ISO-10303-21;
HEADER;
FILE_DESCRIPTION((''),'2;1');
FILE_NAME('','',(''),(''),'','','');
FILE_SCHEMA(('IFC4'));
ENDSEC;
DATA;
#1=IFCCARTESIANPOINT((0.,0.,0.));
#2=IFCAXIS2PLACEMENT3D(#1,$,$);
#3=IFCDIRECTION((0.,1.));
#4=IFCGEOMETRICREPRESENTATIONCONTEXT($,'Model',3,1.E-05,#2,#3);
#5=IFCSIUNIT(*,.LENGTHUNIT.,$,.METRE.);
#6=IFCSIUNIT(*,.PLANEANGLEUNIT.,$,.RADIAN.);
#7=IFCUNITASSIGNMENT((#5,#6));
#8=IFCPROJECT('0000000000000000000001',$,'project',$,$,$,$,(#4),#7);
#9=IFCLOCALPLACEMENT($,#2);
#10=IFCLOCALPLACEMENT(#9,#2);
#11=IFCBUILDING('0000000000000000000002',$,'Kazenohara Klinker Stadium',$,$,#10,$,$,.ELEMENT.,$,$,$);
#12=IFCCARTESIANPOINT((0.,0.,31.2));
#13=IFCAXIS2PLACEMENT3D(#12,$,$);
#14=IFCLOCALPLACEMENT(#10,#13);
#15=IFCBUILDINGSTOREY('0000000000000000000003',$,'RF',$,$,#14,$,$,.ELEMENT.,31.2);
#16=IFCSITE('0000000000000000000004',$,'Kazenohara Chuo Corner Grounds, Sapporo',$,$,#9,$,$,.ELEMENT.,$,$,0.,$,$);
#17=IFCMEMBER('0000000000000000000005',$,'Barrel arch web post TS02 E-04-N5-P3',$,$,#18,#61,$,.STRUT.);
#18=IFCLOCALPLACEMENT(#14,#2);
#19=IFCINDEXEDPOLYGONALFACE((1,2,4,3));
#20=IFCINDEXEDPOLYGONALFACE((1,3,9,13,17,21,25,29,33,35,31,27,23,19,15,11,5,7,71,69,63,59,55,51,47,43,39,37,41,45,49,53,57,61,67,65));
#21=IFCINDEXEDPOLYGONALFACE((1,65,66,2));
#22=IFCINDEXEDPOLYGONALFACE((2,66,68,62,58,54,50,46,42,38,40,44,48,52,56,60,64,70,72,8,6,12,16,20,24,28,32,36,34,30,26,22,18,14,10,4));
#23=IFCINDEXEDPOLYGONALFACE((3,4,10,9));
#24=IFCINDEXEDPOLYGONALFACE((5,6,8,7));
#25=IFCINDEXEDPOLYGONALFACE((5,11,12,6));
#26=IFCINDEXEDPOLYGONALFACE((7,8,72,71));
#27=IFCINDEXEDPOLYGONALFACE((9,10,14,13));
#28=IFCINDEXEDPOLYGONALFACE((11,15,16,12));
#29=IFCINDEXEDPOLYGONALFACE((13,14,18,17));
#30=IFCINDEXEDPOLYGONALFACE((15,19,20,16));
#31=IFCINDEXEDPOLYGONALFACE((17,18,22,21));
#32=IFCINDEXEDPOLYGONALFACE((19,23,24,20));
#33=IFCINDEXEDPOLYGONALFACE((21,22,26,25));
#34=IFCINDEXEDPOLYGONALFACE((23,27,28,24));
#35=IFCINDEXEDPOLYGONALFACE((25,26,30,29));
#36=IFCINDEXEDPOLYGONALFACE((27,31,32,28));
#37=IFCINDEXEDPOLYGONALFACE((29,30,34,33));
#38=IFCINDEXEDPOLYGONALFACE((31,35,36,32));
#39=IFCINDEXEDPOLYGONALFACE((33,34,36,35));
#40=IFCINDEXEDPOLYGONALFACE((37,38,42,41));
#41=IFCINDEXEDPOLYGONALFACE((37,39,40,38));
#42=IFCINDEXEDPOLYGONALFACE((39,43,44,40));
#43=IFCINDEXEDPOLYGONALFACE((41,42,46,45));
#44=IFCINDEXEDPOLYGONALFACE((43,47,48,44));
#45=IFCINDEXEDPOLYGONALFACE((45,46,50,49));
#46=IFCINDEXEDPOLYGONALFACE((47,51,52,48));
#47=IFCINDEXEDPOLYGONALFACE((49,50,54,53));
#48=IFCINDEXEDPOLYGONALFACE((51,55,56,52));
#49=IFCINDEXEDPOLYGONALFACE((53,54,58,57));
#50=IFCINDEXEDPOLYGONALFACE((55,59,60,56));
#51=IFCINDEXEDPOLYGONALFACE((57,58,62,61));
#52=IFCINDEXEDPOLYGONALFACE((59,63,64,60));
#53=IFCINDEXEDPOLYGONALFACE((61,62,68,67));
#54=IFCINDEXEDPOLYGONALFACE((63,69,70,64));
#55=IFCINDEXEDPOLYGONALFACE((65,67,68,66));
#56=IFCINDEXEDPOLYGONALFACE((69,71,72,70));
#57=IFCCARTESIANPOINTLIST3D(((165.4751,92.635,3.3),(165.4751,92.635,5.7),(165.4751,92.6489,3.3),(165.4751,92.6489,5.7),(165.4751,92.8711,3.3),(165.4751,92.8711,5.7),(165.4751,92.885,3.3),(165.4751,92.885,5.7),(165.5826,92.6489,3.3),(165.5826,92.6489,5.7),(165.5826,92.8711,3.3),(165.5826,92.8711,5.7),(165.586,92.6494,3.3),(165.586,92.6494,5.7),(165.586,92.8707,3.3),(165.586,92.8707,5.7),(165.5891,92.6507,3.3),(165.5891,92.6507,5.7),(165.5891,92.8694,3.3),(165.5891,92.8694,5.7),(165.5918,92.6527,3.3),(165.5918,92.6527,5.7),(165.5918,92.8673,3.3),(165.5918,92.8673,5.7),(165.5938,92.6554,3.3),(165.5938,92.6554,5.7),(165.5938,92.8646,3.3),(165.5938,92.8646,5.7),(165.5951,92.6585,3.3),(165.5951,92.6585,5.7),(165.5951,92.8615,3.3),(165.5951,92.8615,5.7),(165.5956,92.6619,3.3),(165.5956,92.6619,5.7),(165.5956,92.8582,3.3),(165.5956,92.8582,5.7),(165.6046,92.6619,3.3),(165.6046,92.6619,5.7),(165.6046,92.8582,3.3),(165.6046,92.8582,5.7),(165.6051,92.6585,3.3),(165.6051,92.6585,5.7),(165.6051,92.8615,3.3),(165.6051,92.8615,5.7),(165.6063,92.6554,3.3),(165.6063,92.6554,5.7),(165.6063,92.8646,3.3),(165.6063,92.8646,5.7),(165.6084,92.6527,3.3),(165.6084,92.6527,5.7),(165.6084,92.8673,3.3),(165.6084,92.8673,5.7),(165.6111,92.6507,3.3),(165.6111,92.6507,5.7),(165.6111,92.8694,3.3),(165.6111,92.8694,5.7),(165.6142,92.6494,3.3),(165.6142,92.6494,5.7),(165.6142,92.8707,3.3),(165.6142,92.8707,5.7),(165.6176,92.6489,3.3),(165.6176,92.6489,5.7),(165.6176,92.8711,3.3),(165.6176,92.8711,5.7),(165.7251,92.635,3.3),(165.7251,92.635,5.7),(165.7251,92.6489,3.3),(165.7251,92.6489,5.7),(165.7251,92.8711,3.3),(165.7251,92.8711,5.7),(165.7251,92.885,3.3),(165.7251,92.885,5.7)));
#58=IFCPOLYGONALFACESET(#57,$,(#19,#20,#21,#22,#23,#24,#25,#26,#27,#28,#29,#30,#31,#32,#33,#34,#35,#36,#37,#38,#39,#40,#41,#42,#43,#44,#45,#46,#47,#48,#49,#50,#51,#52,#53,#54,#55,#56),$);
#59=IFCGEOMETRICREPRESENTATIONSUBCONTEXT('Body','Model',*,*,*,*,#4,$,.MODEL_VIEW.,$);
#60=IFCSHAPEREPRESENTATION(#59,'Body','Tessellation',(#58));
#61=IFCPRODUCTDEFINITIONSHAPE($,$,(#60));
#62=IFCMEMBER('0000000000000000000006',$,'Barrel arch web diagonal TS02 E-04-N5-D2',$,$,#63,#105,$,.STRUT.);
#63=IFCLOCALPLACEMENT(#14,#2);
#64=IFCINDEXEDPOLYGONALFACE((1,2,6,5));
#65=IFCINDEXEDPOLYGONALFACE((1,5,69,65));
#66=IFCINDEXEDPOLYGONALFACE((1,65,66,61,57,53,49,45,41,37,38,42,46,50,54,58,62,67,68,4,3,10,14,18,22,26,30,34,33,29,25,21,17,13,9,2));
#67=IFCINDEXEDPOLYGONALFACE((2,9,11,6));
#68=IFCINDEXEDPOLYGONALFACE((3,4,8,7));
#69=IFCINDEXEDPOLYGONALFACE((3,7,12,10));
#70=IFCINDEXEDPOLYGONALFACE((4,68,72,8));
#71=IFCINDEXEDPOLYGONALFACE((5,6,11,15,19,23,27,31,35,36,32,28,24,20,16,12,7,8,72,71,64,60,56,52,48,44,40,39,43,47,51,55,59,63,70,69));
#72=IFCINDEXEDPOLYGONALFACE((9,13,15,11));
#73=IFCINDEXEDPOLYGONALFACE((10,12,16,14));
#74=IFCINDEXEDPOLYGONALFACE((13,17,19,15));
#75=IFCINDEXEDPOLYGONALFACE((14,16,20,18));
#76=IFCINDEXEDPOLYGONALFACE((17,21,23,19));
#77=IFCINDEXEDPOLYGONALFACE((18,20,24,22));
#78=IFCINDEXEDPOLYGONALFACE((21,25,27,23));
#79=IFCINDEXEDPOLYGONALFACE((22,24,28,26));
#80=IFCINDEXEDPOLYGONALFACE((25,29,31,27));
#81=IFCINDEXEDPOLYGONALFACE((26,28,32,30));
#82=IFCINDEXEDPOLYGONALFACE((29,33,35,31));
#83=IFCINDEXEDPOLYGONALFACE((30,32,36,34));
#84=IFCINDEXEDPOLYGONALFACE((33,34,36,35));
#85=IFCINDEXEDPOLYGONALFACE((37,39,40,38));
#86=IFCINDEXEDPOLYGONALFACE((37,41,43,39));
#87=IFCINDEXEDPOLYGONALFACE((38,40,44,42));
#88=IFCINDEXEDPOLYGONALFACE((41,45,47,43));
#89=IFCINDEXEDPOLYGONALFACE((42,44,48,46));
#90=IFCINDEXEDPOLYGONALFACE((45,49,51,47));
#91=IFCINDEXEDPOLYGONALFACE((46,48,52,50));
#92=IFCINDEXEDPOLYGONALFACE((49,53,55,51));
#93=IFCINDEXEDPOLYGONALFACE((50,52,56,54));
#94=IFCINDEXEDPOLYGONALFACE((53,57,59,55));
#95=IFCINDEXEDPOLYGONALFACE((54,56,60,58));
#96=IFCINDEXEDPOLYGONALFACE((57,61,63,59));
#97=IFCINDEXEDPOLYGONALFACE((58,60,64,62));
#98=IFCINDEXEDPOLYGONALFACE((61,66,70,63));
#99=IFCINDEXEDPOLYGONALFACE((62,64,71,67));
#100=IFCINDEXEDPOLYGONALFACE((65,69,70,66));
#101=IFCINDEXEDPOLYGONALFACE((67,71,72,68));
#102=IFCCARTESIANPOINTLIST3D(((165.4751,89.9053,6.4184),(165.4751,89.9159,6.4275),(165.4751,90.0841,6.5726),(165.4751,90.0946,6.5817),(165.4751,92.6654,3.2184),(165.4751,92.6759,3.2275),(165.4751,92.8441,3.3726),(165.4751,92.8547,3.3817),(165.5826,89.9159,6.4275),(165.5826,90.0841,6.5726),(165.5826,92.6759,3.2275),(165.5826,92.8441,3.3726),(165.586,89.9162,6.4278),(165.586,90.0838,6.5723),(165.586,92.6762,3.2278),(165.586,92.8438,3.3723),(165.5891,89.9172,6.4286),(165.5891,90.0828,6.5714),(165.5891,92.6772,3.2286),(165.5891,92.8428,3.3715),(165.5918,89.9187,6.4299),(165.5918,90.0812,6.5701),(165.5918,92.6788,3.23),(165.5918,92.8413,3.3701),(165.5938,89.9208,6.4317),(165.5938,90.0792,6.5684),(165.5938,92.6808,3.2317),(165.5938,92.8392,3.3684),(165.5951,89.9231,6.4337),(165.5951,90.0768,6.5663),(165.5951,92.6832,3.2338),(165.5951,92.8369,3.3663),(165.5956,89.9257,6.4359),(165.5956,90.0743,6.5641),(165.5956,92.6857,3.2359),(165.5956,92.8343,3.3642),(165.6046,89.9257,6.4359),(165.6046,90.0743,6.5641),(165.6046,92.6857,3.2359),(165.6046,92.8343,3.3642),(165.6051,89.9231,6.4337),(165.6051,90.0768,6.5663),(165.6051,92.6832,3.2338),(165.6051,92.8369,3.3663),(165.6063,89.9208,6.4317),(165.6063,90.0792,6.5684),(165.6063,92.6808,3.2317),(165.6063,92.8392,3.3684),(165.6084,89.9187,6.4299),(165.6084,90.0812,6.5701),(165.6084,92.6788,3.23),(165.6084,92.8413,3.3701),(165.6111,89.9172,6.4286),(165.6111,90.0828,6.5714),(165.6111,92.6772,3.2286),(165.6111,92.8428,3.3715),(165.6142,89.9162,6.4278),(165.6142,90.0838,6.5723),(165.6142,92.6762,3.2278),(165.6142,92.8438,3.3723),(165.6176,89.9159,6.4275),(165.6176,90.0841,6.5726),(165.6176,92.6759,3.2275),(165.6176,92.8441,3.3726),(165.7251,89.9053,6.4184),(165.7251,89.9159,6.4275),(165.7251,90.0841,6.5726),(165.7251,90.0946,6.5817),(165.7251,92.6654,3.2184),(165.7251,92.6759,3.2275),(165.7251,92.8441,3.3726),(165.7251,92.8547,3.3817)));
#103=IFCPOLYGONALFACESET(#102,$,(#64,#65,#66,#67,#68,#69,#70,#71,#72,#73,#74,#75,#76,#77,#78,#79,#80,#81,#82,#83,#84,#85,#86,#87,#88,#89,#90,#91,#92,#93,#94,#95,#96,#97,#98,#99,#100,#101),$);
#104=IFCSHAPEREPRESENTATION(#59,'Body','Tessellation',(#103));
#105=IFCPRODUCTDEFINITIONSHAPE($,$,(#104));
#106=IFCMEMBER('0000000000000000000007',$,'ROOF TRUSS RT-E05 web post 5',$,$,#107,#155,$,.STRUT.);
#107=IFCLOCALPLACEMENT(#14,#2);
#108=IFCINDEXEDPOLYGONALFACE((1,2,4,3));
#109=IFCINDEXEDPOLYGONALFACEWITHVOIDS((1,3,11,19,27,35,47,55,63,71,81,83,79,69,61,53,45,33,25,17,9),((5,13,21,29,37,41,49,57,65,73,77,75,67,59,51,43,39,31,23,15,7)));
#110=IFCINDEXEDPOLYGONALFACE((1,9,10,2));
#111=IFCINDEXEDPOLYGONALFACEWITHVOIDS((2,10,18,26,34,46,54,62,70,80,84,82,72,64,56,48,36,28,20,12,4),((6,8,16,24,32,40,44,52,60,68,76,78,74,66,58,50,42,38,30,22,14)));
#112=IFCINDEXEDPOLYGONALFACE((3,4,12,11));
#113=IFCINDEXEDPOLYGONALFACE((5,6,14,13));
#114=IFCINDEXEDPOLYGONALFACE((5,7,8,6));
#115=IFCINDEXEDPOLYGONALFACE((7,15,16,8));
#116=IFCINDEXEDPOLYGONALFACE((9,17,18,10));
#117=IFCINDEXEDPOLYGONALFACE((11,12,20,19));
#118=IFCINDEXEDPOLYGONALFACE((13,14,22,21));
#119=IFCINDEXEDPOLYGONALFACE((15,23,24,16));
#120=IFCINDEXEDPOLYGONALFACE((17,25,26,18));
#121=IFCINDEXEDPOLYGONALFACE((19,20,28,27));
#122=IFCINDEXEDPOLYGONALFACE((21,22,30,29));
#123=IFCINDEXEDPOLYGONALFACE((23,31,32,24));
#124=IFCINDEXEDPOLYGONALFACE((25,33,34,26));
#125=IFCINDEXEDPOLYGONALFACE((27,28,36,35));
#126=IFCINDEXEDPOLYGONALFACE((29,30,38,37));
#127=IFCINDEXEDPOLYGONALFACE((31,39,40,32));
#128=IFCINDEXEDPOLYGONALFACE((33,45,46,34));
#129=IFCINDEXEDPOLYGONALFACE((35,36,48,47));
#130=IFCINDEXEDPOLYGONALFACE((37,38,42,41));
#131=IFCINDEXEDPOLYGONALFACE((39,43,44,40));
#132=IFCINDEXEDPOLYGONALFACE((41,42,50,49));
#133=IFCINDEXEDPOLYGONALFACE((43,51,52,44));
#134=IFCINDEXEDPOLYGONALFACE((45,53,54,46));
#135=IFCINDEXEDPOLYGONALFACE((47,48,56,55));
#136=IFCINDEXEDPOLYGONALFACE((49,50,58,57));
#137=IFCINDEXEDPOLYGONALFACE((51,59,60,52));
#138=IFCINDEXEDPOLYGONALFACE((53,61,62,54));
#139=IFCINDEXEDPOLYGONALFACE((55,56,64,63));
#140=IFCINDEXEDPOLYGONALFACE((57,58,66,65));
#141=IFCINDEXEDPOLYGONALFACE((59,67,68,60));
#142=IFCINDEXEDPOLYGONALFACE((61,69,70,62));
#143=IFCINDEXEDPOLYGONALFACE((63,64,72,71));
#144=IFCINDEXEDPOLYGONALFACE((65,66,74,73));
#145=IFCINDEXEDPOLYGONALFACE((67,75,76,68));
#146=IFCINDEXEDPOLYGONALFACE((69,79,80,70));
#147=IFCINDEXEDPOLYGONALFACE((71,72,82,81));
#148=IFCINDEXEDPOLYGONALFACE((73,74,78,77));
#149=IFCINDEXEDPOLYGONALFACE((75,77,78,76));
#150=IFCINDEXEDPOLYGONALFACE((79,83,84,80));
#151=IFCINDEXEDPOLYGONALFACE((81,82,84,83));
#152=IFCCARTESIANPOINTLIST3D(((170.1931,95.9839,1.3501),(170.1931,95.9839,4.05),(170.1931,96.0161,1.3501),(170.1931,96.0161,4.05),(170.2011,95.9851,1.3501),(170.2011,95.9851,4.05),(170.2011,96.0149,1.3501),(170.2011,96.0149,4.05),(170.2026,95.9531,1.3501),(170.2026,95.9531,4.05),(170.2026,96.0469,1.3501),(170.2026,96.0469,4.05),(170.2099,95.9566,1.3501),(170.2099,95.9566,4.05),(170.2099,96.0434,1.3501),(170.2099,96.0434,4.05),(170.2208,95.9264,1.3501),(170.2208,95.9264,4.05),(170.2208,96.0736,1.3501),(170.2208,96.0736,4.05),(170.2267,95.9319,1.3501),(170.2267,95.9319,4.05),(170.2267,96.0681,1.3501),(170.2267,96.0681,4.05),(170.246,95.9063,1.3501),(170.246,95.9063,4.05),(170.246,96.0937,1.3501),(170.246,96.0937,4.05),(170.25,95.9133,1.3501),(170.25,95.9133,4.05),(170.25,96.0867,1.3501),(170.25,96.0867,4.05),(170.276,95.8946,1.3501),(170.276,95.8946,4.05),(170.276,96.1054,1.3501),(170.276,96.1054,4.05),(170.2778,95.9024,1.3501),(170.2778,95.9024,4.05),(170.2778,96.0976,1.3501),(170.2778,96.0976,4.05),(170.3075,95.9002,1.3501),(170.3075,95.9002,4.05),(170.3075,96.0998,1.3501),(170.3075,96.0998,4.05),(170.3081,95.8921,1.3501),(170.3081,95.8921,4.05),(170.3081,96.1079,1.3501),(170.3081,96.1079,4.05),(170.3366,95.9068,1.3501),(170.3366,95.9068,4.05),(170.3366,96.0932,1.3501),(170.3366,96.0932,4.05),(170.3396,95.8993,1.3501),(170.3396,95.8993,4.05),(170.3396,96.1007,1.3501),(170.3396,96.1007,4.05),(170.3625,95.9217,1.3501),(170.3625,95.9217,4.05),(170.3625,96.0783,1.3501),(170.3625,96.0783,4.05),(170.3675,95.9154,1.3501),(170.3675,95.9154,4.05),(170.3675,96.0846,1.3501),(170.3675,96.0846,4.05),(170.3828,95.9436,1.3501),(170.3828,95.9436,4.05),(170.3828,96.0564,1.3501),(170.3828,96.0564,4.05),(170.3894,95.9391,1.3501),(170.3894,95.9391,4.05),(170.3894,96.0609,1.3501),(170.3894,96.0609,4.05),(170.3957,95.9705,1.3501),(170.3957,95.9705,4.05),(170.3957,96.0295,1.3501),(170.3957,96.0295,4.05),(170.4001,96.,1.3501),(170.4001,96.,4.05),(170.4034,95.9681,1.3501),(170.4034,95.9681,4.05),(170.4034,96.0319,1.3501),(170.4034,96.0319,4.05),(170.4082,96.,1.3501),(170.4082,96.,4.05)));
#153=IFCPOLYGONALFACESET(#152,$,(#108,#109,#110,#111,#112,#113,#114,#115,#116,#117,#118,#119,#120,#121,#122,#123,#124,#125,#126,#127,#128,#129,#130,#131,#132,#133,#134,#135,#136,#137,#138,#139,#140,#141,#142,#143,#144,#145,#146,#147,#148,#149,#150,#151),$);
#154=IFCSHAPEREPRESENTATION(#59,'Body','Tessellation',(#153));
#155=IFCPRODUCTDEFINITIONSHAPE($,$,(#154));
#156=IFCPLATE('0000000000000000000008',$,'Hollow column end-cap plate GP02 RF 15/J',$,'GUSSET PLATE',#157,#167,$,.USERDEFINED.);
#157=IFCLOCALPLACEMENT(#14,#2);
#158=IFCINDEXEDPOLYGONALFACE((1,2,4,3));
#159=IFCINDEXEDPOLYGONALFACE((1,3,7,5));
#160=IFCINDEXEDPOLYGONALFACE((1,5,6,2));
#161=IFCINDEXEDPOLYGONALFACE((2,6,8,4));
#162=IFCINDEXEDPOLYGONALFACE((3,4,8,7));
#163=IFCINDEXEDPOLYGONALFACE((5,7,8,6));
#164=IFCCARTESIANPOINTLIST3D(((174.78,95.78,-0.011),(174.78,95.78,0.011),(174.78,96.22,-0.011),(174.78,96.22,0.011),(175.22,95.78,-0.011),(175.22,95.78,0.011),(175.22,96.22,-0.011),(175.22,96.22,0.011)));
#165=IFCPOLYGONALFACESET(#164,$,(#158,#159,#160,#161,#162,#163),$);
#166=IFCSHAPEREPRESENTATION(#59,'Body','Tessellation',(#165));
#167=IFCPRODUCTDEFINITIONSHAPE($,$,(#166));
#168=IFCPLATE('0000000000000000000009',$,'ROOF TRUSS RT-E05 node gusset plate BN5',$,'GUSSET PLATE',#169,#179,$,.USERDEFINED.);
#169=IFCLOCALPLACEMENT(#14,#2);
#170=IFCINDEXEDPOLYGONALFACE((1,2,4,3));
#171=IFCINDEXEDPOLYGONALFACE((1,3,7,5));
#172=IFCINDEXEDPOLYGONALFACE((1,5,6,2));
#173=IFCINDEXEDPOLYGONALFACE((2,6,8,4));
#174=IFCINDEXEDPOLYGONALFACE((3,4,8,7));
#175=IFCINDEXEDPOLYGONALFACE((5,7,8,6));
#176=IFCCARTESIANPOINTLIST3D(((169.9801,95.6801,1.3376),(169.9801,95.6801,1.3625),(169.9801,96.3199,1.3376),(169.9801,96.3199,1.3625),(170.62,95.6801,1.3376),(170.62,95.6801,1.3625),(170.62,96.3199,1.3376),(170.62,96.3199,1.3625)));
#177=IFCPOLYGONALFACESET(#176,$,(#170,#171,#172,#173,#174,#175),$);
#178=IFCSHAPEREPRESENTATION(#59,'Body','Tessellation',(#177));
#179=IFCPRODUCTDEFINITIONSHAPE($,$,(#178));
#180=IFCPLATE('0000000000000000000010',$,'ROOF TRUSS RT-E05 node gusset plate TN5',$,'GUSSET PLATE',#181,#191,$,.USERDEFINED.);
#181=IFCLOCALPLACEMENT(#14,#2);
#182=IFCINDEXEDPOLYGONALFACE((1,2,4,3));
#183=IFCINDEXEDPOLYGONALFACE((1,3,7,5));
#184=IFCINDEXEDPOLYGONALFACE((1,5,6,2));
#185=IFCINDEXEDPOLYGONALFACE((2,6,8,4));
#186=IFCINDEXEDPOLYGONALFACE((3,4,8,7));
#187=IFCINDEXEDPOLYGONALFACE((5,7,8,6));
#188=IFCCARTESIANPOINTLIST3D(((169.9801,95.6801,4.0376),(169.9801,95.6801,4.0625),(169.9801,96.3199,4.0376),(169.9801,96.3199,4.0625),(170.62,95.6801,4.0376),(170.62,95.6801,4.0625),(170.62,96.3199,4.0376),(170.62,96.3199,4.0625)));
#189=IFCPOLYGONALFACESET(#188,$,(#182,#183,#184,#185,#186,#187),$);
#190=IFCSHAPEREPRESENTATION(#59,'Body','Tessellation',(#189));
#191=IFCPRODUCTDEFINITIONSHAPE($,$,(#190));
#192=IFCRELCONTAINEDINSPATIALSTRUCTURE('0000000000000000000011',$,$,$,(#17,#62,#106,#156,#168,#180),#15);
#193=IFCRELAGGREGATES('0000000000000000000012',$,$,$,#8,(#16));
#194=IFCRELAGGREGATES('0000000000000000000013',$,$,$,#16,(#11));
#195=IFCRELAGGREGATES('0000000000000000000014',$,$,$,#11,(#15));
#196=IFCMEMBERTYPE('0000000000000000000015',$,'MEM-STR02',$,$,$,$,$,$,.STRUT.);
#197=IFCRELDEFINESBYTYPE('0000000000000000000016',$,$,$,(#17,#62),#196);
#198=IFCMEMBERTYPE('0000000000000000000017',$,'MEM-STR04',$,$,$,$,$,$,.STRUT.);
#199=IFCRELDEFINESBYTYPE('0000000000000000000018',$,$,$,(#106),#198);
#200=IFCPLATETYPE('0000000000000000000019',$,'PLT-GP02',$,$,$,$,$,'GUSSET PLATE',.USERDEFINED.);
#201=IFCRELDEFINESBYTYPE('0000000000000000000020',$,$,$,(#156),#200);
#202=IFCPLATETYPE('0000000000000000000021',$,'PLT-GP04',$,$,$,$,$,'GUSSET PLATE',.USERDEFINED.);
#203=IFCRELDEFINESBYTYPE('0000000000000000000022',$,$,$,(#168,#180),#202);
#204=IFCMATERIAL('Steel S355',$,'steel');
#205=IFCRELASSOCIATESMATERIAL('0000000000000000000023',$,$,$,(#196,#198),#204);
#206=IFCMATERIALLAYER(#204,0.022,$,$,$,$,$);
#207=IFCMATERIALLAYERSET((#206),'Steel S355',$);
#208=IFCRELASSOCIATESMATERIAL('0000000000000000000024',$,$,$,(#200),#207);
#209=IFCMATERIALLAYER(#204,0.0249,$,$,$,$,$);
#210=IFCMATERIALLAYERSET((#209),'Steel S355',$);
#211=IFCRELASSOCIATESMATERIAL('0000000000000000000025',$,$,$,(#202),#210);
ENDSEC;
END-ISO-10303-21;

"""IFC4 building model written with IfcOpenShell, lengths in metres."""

from ifc_helpers import new_model, si_unit, direction, frame, origin, origin_2d, place, context, subcontext, project, spatial, rectangle, hollow_circle, i_section, extrude, material, layer, layer_set, material_profile, profile_set, type_object, element, save


model = new_model("IFC4")

# Units and contexts
model_context = context("Model", 3, precision=1e-05, world=origin(), true_north=direction((0.0, 1.0)))
body_context = subcontext(model_context, "Body", "Model", "MODEL_VIEW")
ifc_project = project(units=[si_unit("LENGTHUNIT", "METRE"), si_unit("PLANEANGLEUNIT", "RADIAN")], contexts=[model_context])

# Site, building, storey
site_placement = place(None, origin())
site = spatial("IfcSite", under=ifc_project, at=site_placement, Name="Kazenohara Chuo Corner Grounds, Sapporo", CompositionType="ELEMENT", RefElevation=0.0)
building_placement = place(site_placement, origin())
building = spatial("IfcBuilding", under=site, at=building_placement, Name="Kazenohara Klinker Stadium", CompositionType="ELEMENT")
storey_placement = place(building_placement, frame((0.0, 0.0, 31.2)))
storey = spatial("IfcBuildingStorey", under=building, at=storey_placement, Name="RF", CompositionType="ELEMENT", Elevation=31.2)

# Members
ifc_material_1 = material(Name="Steel S355", Category="steel")
ifc_material_profile_1 = material_profile(ifc_material_1, i_section(OverallWidth=0.25, OverallDepth=0.25, WebThickness=0.009, FlangeThickness=0.0139, FilletRadius=0.0129, at=origin_2d()), Name="H-250x250x9x14")
ifc_profile_set_1 = profile_set([ifc_material_profile_1], Name="Steel S355")
member_type_1 = type_object("IfcMemberType", Name="MEM-STR02", PredefinedType="STRUT", material=ifc_profile_set_1)
member_1_placement = place(storey_placement, frame((165.6001, 92.76, 3.3), z_axis=(0.0, 0.0, 1.0), x_axis=(1.0, 0.0, 0.0)))
element("IfcMember", 1, at=member_1_placement, inside=storey, type_object=member_type_1, Name="Barrel arch web post TS02 E-04-N5-P3", PredefinedType="STRUT", context=body_context, shape_type="SweptSolid", body=[
    extrude(i_section(OverallWidth=0.25, OverallDepth=0.25, WebThickness=0.009, FlangeThickness=0.0139, FilletRadius=0.0129, at=origin_2d()), origin(), (0.0, 0.0, 1.0), 2.3999),
])
member_2_placement = place(storey_placement, frame((165.6001, 92.76, 3.3), z_axis=(0.0, -0.653134, 0.757242), x_axis=(1.0, 0.0, 0.0)))
element("IfcMember", 2, at=member_2_placement, inside=storey, type_object=member_type_1, Name="Barrel arch web diagonal TS02 E-04-N5-D2", PredefinedType="STRUT", context=body_context, shape_type="SweptSolid", body=[
    extrude(i_section(OverallWidth=0.25, OverallDepth=0.25, WebThickness=0.009, FlangeThickness=0.0139, FilletRadius=0.0129, at=origin_2d()), origin(), (0.0, 0.0, 1.0), 4.2258),
])
ifc_material_profile_2 = material_profile(ifc_material_1, hollow_circle(Radius=0.1082, WallThickness=0.0081, at=origin_2d()), Name="CHS-216.3x8")
ifc_profile_set_2 = profile_set([ifc_material_profile_2], Name="Steel S355")
member_type_2 = type_object("IfcMemberType", Name="MEM-STR04", PredefinedType="STRUT", material=ifc_profile_set_2)
member_3_placement = place(storey_placement, frame((170.3, 96.0, 1.3501), z_axis=(0.0, 0.0, 1.0), x_axis=(1.0, 0.0, 0.0)))
element("IfcMember", 3, at=member_3_placement, inside=storey, type_object=member_type_2, Name="ROOF TRUSS RT-E05 web post 5", PredefinedType="STRUT", context=body_context, shape_type="SweptSolid", body=[
    extrude(hollow_circle(Radius=0.1082, WallThickness=0.0081, at=origin_2d()), origin(), (0.0, 0.0, 1.0), 2.7),
])

# Plates
ifc_layer_1 = layer(ifc_material_1, 0.022)
ifc_layer_set_1 = layer_set([ifc_layer_1], Name="Steel S355")
plate_type_1 = type_object("IfcPlateType", Name="PLT-GP02", ElementType="GUSSET PLATE", PredefinedType="USERDEFINED", material=ifc_layer_set_1)
plate_placement = place(storey_placement, frame((175.0, 96.0, -0.011), z_axis=(0.0, 0.0, 1.0), x_axis=(1.0, 0.0, 0.0)))
element("IfcPlate", 4, at=plate_placement, inside=storey, type_object=plate_type_1, Name="Hollow column end-cap plate GP02 RF 15/J", ObjectType="GUSSET PLATE", PredefinedType="USERDEFINED", context=body_context, shape_type="SweptSolid", body=[
    extrude(rectangle(XDim=0.4399, YDim=0.4399, at=origin_2d()), origin(), (0.0, 0.0, 1.0), 0.022),
])
ifc_layer_2 = layer(ifc_material_1, 0.0249)
ifc_layer_set_2 = layer_set([ifc_layer_2], Name="Steel S355")
plate_type_2 = type_object("IfcPlateType", Name="PLT-GP04", ElementType="GUSSET PLATE", PredefinedType="USERDEFINED", material=ifc_layer_set_2)
for number, where, z_axis, x_axis, name in (
    (5, (170.3, 96.0, 1.3376), (0.0, 0.0, 1.0), (1.0, 0.0, 0.0), "ROOF TRUSS RT-E05 node gusset plate BN5"),
    (6, (170.3, 96.0, 4.0376), (0.0, 0.0, 1.0), (1.0, 0.0, 0.0), "ROOF TRUSS RT-E05 node gusset plate TN5"),
):
    element("IfcPlate", number, at=place(storey_placement, frame(where, z_axis=z_axis, x_axis=x_axis)), inside=storey, type_object=plate_type_2, Name=name, ObjectType="GUSSET PLATE", PredefinedType="USERDEFINED", context=body_context, shape_type="SweptSolid", body=[
        extrude(rectangle(XDim=0.6399, YDim=0.6399, at=origin_2d()), origin(), (0.0, 0.0, 1.0), 0.0249),
    ])

save(model, "model.ifc")
